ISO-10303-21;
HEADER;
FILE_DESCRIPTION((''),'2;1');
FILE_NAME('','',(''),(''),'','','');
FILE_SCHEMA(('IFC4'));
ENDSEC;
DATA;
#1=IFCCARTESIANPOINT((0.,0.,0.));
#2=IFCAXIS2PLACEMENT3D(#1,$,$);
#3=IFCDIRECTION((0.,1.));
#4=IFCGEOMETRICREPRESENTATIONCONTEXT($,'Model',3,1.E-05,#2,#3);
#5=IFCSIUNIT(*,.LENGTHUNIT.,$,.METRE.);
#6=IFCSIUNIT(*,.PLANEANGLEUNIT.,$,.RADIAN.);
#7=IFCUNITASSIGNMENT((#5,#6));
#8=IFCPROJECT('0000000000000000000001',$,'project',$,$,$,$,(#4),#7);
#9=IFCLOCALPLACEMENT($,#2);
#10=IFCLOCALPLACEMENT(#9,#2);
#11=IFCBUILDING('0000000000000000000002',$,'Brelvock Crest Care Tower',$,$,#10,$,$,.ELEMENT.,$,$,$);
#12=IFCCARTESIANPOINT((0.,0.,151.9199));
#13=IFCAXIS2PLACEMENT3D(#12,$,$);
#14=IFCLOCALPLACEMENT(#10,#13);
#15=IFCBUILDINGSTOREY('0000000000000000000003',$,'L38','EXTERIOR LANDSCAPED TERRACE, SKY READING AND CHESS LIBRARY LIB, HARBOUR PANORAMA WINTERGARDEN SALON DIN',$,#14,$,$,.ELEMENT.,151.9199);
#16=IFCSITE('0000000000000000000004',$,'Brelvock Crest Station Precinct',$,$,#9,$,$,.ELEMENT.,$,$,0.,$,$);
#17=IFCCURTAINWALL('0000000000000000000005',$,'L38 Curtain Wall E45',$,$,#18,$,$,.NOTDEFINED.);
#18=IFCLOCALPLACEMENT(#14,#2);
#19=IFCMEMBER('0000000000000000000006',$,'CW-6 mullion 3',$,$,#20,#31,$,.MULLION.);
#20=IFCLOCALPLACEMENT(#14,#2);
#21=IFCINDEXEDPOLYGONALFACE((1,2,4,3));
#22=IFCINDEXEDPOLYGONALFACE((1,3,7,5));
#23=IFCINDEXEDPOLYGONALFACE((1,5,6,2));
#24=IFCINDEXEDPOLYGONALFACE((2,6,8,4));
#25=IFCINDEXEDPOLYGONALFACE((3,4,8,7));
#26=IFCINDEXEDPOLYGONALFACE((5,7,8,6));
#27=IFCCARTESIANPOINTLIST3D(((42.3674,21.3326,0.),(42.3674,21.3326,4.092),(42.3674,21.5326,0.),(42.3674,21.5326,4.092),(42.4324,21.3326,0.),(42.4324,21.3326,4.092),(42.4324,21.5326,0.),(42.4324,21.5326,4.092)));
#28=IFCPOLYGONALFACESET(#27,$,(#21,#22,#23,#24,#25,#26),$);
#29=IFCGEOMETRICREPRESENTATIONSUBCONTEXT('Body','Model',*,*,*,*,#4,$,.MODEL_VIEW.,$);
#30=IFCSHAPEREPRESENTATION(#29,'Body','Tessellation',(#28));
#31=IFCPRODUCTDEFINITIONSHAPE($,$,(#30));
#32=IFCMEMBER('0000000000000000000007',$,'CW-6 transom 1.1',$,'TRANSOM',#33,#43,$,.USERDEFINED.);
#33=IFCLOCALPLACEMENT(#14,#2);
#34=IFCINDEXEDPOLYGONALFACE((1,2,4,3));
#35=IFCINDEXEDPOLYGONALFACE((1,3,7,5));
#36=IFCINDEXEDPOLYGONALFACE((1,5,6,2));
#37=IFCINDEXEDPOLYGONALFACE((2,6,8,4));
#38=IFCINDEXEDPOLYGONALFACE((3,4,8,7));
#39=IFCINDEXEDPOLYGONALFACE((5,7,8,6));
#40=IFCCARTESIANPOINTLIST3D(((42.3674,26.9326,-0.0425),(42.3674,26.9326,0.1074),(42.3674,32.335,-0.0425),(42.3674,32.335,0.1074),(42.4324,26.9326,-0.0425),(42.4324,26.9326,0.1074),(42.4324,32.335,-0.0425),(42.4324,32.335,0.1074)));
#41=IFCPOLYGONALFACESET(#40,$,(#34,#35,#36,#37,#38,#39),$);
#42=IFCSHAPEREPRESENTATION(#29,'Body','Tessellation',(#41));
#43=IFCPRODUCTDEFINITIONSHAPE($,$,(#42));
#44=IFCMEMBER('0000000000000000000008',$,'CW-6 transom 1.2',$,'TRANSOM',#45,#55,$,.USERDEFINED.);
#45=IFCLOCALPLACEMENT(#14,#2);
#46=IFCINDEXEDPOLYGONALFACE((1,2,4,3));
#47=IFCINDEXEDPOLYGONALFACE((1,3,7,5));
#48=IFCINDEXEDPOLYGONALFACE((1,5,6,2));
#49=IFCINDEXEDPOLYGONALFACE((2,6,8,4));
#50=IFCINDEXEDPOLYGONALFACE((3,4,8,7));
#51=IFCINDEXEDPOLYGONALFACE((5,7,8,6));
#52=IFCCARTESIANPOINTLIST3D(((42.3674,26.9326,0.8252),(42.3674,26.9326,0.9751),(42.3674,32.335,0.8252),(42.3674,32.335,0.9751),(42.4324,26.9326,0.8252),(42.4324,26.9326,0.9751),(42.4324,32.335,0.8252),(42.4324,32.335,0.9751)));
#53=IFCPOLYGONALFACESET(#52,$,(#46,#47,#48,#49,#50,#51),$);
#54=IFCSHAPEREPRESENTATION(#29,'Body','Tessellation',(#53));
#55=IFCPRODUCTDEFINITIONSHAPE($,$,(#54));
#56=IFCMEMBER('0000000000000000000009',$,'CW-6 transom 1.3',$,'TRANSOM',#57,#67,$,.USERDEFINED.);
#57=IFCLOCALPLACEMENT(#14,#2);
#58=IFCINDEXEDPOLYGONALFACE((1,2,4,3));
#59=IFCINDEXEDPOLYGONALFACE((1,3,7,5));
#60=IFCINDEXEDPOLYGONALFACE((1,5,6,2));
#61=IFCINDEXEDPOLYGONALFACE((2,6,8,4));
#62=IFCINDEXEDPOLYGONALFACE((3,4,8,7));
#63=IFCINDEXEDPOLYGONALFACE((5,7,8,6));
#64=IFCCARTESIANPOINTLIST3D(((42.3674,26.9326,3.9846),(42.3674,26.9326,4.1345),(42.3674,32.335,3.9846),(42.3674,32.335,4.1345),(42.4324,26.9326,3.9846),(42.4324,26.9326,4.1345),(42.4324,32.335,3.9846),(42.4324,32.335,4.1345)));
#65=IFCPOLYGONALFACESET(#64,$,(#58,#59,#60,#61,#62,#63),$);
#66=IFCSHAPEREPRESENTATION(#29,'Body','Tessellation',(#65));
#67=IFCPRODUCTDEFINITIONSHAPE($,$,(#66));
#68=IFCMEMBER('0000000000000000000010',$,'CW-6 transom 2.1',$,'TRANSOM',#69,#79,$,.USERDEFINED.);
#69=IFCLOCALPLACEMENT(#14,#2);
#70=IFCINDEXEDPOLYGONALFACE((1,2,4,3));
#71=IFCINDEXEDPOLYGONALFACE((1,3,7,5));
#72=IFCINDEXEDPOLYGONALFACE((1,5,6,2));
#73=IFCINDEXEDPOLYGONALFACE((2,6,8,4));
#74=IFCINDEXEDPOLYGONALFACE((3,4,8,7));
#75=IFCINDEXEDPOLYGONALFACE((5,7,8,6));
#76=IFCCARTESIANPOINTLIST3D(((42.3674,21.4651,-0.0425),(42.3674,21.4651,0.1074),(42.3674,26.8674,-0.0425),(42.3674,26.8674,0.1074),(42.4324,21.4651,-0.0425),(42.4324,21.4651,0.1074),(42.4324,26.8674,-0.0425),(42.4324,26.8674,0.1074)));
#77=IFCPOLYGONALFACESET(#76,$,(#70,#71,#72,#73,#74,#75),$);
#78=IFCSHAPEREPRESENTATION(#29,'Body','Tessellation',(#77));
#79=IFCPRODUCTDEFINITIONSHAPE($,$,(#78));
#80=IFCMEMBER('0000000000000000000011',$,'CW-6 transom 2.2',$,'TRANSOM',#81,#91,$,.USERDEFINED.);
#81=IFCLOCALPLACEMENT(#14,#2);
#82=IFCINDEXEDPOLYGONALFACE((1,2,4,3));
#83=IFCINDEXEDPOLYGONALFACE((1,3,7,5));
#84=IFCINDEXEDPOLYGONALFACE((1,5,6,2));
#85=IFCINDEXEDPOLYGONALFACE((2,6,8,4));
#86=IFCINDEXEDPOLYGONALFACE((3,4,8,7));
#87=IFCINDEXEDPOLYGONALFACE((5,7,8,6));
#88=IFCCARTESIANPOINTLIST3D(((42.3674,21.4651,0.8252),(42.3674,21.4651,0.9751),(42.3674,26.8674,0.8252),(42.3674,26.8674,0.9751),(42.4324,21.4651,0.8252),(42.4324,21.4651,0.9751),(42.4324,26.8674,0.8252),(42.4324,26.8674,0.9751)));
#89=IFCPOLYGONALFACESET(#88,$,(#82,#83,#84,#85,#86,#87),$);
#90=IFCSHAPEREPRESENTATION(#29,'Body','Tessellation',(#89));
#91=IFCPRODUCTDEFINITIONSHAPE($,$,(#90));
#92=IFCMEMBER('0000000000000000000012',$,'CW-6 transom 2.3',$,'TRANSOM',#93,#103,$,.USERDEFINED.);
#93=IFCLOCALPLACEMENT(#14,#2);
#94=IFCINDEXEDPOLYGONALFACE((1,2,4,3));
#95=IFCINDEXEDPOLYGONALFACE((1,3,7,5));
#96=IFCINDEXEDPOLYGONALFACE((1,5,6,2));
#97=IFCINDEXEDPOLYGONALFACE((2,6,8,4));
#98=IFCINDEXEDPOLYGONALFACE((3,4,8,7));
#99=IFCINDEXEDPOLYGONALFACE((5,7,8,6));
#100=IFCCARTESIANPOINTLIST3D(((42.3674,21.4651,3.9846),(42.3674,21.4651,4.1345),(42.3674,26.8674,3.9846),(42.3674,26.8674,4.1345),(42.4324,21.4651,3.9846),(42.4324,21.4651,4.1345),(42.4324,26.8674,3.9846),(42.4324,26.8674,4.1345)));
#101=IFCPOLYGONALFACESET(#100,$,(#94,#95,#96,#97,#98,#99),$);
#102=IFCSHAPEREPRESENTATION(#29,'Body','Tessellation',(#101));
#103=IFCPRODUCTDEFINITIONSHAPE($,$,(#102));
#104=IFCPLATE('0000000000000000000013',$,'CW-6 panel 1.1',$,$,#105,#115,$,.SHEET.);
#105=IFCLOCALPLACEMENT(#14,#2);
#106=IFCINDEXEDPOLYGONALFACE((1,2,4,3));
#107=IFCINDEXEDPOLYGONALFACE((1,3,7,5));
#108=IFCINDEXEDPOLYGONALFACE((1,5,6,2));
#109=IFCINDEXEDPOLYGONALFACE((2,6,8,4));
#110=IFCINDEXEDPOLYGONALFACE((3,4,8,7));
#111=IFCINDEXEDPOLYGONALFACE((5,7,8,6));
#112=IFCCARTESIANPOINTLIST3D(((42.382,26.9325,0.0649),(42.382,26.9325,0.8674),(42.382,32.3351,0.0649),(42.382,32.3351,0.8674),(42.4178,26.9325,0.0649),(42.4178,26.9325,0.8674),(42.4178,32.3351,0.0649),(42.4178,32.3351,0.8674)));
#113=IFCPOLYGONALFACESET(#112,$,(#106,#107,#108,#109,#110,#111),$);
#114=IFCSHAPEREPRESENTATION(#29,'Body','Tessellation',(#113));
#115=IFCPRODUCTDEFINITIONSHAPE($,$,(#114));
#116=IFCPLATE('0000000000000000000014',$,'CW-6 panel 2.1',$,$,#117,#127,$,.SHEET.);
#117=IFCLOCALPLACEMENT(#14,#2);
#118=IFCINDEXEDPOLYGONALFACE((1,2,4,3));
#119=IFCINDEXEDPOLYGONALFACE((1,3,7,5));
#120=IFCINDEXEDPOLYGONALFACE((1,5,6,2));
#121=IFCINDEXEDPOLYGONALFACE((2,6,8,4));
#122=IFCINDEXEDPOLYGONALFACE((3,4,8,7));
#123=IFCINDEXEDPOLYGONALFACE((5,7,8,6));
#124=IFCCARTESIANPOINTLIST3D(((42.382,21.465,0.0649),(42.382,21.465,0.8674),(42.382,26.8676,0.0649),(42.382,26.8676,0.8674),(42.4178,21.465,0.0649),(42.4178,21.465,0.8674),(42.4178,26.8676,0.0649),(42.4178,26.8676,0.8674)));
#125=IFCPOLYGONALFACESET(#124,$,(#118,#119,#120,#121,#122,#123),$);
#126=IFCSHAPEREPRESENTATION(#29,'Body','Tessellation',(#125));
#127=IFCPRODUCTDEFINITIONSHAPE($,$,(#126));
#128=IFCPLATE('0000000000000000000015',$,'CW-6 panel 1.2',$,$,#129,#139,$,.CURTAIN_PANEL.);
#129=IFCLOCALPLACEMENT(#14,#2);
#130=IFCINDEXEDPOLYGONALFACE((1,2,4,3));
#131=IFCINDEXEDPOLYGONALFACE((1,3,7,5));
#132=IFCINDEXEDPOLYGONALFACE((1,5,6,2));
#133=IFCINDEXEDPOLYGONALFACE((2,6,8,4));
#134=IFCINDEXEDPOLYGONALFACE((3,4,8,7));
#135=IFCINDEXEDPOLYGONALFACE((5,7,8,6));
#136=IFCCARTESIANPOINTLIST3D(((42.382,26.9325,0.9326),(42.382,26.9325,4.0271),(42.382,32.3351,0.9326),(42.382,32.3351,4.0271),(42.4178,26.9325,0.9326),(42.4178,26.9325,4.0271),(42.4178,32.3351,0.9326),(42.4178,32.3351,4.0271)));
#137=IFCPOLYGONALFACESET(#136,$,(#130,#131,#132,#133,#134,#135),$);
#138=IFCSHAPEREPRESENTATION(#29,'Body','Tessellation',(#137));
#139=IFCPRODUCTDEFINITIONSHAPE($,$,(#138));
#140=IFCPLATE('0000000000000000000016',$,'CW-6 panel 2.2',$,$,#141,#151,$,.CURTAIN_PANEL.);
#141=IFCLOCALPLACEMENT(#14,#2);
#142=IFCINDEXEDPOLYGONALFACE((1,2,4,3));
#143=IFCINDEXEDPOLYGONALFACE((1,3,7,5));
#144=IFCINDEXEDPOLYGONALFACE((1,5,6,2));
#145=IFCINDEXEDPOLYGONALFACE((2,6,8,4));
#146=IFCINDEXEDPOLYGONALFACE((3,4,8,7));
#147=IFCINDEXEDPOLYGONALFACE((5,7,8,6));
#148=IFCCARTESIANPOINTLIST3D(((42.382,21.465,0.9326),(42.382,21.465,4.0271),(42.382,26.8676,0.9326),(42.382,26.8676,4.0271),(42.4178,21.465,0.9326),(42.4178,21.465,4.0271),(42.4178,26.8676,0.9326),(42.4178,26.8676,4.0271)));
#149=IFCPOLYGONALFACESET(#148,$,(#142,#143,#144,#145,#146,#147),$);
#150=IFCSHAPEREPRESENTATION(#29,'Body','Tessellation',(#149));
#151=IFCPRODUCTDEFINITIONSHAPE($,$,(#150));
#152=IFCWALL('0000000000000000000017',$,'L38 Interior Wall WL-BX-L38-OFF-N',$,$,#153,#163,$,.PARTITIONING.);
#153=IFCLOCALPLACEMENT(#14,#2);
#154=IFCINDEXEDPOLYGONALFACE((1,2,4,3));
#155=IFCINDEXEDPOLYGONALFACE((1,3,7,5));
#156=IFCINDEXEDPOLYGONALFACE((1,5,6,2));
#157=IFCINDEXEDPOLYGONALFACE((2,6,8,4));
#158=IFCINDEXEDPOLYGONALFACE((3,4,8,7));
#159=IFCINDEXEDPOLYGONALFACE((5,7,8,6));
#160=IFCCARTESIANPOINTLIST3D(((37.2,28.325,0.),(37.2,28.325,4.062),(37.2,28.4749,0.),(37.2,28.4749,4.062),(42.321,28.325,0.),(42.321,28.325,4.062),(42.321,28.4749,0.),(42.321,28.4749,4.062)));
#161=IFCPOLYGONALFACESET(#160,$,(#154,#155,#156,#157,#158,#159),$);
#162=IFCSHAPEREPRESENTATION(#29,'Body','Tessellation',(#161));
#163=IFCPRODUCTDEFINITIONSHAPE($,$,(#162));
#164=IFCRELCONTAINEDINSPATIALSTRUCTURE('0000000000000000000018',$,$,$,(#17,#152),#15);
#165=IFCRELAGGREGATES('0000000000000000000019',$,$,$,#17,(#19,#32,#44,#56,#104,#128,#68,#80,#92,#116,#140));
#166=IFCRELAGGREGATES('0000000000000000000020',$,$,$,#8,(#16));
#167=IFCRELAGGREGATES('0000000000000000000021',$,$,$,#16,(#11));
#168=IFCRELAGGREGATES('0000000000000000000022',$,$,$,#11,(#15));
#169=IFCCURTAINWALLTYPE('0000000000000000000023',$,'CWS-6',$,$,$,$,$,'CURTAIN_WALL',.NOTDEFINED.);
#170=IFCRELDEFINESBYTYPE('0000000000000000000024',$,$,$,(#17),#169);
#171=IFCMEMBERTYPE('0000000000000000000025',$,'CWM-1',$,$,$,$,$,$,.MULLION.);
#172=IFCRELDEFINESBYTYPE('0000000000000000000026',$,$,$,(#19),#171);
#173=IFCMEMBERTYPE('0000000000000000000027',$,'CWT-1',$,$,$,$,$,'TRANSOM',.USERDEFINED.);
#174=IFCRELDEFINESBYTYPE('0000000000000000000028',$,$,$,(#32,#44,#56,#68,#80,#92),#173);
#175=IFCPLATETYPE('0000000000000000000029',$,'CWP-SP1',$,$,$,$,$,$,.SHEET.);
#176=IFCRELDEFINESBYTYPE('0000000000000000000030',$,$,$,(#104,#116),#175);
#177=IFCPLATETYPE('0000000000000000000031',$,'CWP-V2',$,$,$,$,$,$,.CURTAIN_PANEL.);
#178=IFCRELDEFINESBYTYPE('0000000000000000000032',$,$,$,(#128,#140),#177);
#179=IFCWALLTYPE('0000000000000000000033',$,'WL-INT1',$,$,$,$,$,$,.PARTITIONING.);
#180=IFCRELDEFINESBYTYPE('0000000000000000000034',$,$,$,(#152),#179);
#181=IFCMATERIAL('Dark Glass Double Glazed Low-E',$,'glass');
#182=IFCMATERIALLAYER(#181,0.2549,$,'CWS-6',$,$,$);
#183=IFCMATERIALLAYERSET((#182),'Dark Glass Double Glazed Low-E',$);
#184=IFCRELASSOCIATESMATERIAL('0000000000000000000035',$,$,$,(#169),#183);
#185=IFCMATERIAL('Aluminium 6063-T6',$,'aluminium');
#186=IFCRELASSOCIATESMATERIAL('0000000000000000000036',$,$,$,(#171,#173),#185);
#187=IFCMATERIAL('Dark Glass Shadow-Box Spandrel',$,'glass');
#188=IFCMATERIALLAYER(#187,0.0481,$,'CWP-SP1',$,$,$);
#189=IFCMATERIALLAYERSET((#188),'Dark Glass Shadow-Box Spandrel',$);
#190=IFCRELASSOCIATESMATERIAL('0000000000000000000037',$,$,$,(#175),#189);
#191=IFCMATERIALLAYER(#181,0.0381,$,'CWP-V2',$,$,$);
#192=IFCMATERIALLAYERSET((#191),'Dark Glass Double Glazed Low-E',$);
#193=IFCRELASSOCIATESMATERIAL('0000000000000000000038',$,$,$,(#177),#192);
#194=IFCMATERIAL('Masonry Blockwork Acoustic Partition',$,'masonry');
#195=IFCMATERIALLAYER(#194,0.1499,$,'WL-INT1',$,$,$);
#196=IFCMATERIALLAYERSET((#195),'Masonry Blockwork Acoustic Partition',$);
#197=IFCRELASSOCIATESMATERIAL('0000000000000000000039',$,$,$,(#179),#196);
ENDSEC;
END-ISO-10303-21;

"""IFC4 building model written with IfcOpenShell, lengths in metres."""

from ifc_helpers import new_model, si_unit, direction, frame, frame_2d, origin, origin_2d, place, context, subcontext, project, spatial, rectangle, extrude, source, transform, mapped, material, layer, layer_set, material_profile, profile_set, type_object, element, aggregate, save


model = new_model("IFC4")

# Units and contexts
model_context = context("Model", 3, precision=1e-05, world=origin(), true_north=direction((0.0, 1.0)))
body_context = subcontext(model_context, "Body", "Model", "MODEL_VIEW")
ifc_project = project(units=[si_unit("LENGTHUNIT", "METRE"), si_unit("PLANEANGLEUNIT", "RADIAN")], contexts=[model_context])

# Site, building, storey
site_placement = place(None, origin())
site = spatial("IfcSite", under=ifc_project, at=site_placement, Name="Brelvock Crest Station Precinct", CompositionType="ELEMENT", RefElevation=0.0)
building_placement = place(site_placement, origin())
building = spatial("IfcBuilding", under=site, at=building_placement, Name="Brelvock Crest Care Tower", CompositionType="ELEMENT")
storey_placement = place(building_placement, frame((0.0, 0.0, 151.9199)))
storey = spatial("IfcBuildingStorey", under=building, at=storey_placement, Name="L38", Description="EXTERIOR LANDSCAPED TERRACE, SKY READING AND CHESS LIBRARY LIB, HARBOUR PANORAMA WINTERGARDEN SALON DIN", CompositionType="ELEMENT", Elevation=151.9199)

# Shared definitions
ifc_material_1 = material(Name="Dark Glass Double Glazed Low-E", Category="glass")
ifc_layer_1 = layer(ifc_material_1, 0.2549, Name="CWS-6")
ifc_layer_set_1 = layer_set([ifc_layer_1], Name="Dark Glass Double Glazed Low-E")
curtain_wall_type = type_object("IfcCurtainWallType", Name="CWS-6", ElementType="CURTAIN_WALL", PredefinedType="NOTDEFINED", material=ifc_layer_set_1)
ifc_material_2 = material(Name="Aluminium 6063-T6", Category="aluminium")
ifc_material_profile_1 = material_profile(ifc_material_2, rectangle(XDim=0.0649, YDim=0.2, at=origin_2d()), Name="ALU65x200")
ifc_profile_set_1 = profile_set([ifc_material_profile_1], Name="Aluminium 6063-T6")
member_type_1 = type_object("IfcMemberType", Name="CWM-1", PredefinedType="MULLION", material=ifc_profile_set_1)
shared_shape_1 = source(origin(), body_context, "Body", "SweptSolid", [
    extrude(rectangle(XDim=0.0649, YDim=0.2, at=origin_2d()), origin(), (0.0, 0.0, 1.0), 4.092),
])

# Curtain wall, members, plates
curtain_wall_1_placement = place(storey_placement, origin())
curtain_wall_1 = element("IfcCurtainWall", 1, at=curtain_wall_1_placement, inside=storey, type_object=curtain_wall_type, Name="L38 Curtain Wall E45", PredefinedType="NOTDEFINED")
member_1_placement = place(storey_placement, frame((42.3999, 21.4326, 0.0), z_axis=(0.0, 0.0, 1.0), x_axis=(1.0, 0.0, 0.0)))
member_1 = element("IfcMember", 2, at=member_1_placement, type_object=member_type_1, Name="CW-6 mullion 3", PredefinedType="MULLION", context=body_context, shape_type="MappedRepresentation", body=[
    mapped(shared_shape_1, transform((0.0, 0.0, 0.0), x_axis=(1.0, 0.0, 0.0), y_axis=(0.0, 1.0, 0.0), z_axis=(0.0, 0.0, 1.0), scale=1.0)),
])
ifc_material_profile_2 = material_profile(ifc_material_2, rectangle(XDim=0.0649, YDim=0.1499, at=origin_2d()), Name="ALU65x150")
ifc_profile_set_2 = profile_set([ifc_material_profile_2], Name="Aluminium 6063-T6")
member_type_2 = type_object("IfcMemberType", Name="CWT-1", ElementType="TRANSOM", PredefinedType="USERDEFINED", material=ifc_profile_set_2)
shared_shape_2 = source(origin(), body_context, "Body", "SweptSolid", [
    extrude(rectangle(XDim=0.0649, YDim=0.1499, at=origin_2d()), origin(), (0.0, 0.0, 1.0), 5.4023),
])
member_2_placement = place(storey_placement, frame((42.3999, 32.335, 0.0325), z_axis=(0.0, -1.0, 0.0), x_axis=(1.0, 0.0, 0.0)))
member_2 = element("IfcMember", 3, at=member_2_placement, type_object=member_type_2, Name="CW-6 transom 1.1", ObjectType="TRANSOM", PredefinedType="USERDEFINED", context=body_context, shape_type="MappedRepresentation", body=[
    mapped(shared_shape_2, transform((0.0, 0.0, 0.0), x_axis=(1.0, 0.0, 0.0), y_axis=(0.0, 1.0, 0.0), z_axis=(0.0, 0.0, 1.0), scale=1.0)),
])
member_3_placement = place(storey_placement, frame((42.3999, 32.335, 0.9001), z_axis=(0.0, -1.0, 0.0), x_axis=(1.0, 0.0, 0.0)))
member_3 = element("IfcMember", 4, at=member_3_placement, type_object=member_type_2, Name="CW-6 transom 1.2", ObjectType="TRANSOM", PredefinedType="USERDEFINED", context=body_context, shape_type="MappedRepresentation", body=[
    mapped(shared_shape_2, transform((0.0, 0.0, 0.0), x_axis=(1.0, 0.0, 0.0), y_axis=(0.0, 1.0, 0.0), z_axis=(0.0, 0.0, 1.0), scale=1.0)),
])
member_4_placement = place(storey_placement, frame((42.3999, 32.335, 4.0596), z_axis=(0.0, -1.0, 0.0), x_axis=(1.0, 0.0, 0.0)))
member_4 = element("IfcMember", 5, at=member_4_placement, type_object=member_type_2, Name="CW-6 transom 1.3", ObjectType="TRANSOM", PredefinedType="USERDEFINED", context=body_context, shape_type="MappedRepresentation", body=[
    mapped(shared_shape_2, transform((0.0, 0.0, 0.0), x_axis=(1.0, 0.0, 0.0), y_axis=(0.0, 1.0, 0.0), z_axis=(0.0, 0.0, 1.0), scale=1.0)),
])
member_5_placement = place(storey_placement, frame((42.3999, 26.8674, 0.0325), z_axis=(0.0, -1.0, 0.0), x_axis=(1.0, 0.0, 0.0)))
member_5 = element("IfcMember", 6, at=member_5_placement, type_object=member_type_2, Name="CW-6 transom 2.1", ObjectType="TRANSOM", PredefinedType="USERDEFINED", context=body_context, shape_type="MappedRepresentation", body=[
    mapped(shared_shape_2, transform((0.0, 0.0, 0.0), x_axis=(1.0, 0.0, 0.0), y_axis=(0.0, 1.0, 0.0), z_axis=(0.0, 0.0, 1.0), scale=1.0)),
])
member_6_placement = place(storey_placement, frame((42.3999, 26.8674, 0.9001), z_axis=(0.0, -1.0, 0.0), x_axis=(1.0, 0.0, 0.0)))
member_6 = element("IfcMember", 7, at=member_6_placement, type_object=member_type_2, Name="CW-6 transom 2.2", ObjectType="TRANSOM", PredefinedType="USERDEFINED", context=body_context, shape_type="MappedRepresentation", body=[
    mapped(shared_shape_2, transform((0.0, 0.0, 0.0), x_axis=(1.0, 0.0, 0.0), y_axis=(0.0, 1.0, 0.0), z_axis=(0.0, 0.0, 1.0), scale=1.0)),
])
member_7_placement = place(storey_placement, frame((42.3999, 26.8674, 4.0596), z_axis=(0.0, -1.0, 0.0), x_axis=(1.0, 0.0, 0.0)))
member_7 = element("IfcMember", 8, at=member_7_placement, type_object=member_type_2, Name="CW-6 transom 2.3", ObjectType="TRANSOM", PredefinedType="USERDEFINED", context=body_context, shape_type="MappedRepresentation", body=[
    mapped(shared_shape_2, transform((0.0, 0.0, 0.0), x_axis=(1.0, 0.0, 0.0), y_axis=(0.0, 1.0, 0.0), z_axis=(0.0, 0.0, 1.0), scale=1.0)),
])
ifc_material_3 = material(Name="Dark Glass Shadow-Box Spandrel", Category="glass")
ifc_layer_2 = layer(ifc_material_3, 0.0481, Name="CWP-SP1")
ifc_layer_set_2 = layer_set([ifc_layer_2], Name="Dark Glass Shadow-Box Spandrel")
plate_type_1 = type_object("IfcPlateType", Name="CWP-SP1", PredefinedType="SHEET", material=ifc_layer_set_2)
shared_shape_3 = source(origin(), body_context, "Body", "SweptSolid", [
    extrude(rectangle(XDim=5.4026, YDim=0.0359, at=origin_2d()), origin(), (0.0, 0.0, 1.0), 0.8025),
])
plate_1_placement = place(storey_placement, frame((42.3999, 29.6338, 0.0649), z_axis=(0.0, 0.0, 1.0), x_axis=(0.0, -1.0, 0.0)))
plate_1 = element("IfcPlate", 9, at=plate_1_placement, type_object=plate_type_1, Name="CW-6 panel 1.1", PredefinedType="SHEET", context=body_context, shape_type="MappedRepresentation", body=[
    mapped(shared_shape_3, transform((0.0, 0.0, 0.0), x_axis=(1.0, 0.0, 0.0), y_axis=(0.0, 1.0, 0.0), z_axis=(0.0, 0.0, 1.0), scale=1.0)),
])
plate_2_placement = place(storey_placement, frame((42.3999, 24.1663, 0.0649), z_axis=(0.0, 0.0, 1.0), x_axis=(0.0, -1.0, 0.0)))
plate_2 = element("IfcPlate", 10, at=plate_2_placement, type_object=plate_type_1, Name="CW-6 panel 2.1", PredefinedType="SHEET", context=body_context, shape_type="MappedRepresentation", body=[
    mapped(shared_shape_3, transform((0.0, 0.0, 0.0), x_axis=(1.0, 0.0, 0.0), y_axis=(0.0, 1.0, 0.0), z_axis=(0.0, 0.0, 1.0), scale=1.0)),
])
ifc_layer_3 = layer(ifc_material_1, 0.0381, Name="CWP-V2")
ifc_layer_set_3 = layer_set([ifc_layer_3], Name="Dark Glass Double Glazed Low-E")
plate_type_2 = type_object("IfcPlateType", Name="CWP-V2", PredefinedType="CURTAIN_PANEL", material=ifc_layer_set_3)
shared_shape_4 = source(origin(), body_context, "Body", "SweptSolid", [
    extrude(rectangle(XDim=5.4026, YDim=0.0359, at=origin_2d()), origin(), (0.0, 0.0, 1.0), 3.0945),
])
plate_3_placement = place(storey_placement, frame((42.3999, 29.6338, 0.9326), z_axis=(0.0, 0.0, 1.0), x_axis=(0.0, -1.0, 0.0)))
plate_3 = element("IfcPlate", 11, at=plate_3_placement, type_object=plate_type_2, Name="CW-6 panel 1.2", PredefinedType="CURTAIN_PANEL", context=body_context, shape_type="MappedRepresentation", body=[
    mapped(shared_shape_4, transform((0.0, 0.0, 0.0), x_axis=(1.0, 0.0, 0.0), y_axis=(0.0, 1.0, 0.0), z_axis=(0.0, 0.0, 1.0), scale=1.0)),
])
plate_4_placement = place(storey_placement, frame((42.3999, 24.1663, 0.9326), z_axis=(0.0, 0.0, 1.0), x_axis=(0.0, -1.0, 0.0)))
plate_4 = element("IfcPlate", 12, at=plate_4_placement, type_object=plate_type_2, Name="CW-6 panel 2.2", PredefinedType="CURTAIN_PANEL", context=body_context, shape_type="MappedRepresentation", body=[
    mapped(shared_shape_4, transform((0.0, 0.0, 0.0), x_axis=(1.0, 0.0, 0.0), y_axis=(0.0, 1.0, 0.0), z_axis=(0.0, 0.0, 1.0), scale=1.0)),
])
aggregate(curtain_wall_1, [member_1, member_2, member_3, member_4, plate_1, plate_3, member_5, member_6, member_7, plate_2, plate_4])

# Wall
ifc_material_4 = material(Name="Masonry Blockwork Acoustic Partition", Category="masonry")
ifc_layer_4 = layer(ifc_material_4, 0.1499, Name="WL-INT1")
ifc_layer_set_4 = layer_set([ifc_layer_4], Name="Masonry Blockwork Acoustic Partition")
wall_type = type_object("IfcWallType", Name="WL-INT1", PredefinedType="PARTITIONING", material=ifc_layer_set_4)
wall_1_placement = place(storey_placement, frame((37.2, 28.3999, 0.0), z_axis=(0.0, 0.0, 1.0), x_axis=(1.0, 0.0, 0.0)))
element("IfcWall", 13, at=wall_1_placement, inside=storey, type_object=wall_type, Name="L38 Interior Wall WL-BX-L38-OFF-N", PredefinedType="PARTITIONING", context=body_context, shape_type="SweptSolid", body=[
    extrude(rectangle(XDim=5.1211, YDim=0.1499, at=frame_2d((2.5605, 0.0))), origin(), (0.0, 0.0, 1.0), 4.062),
])

save(model, "model.ifc")
